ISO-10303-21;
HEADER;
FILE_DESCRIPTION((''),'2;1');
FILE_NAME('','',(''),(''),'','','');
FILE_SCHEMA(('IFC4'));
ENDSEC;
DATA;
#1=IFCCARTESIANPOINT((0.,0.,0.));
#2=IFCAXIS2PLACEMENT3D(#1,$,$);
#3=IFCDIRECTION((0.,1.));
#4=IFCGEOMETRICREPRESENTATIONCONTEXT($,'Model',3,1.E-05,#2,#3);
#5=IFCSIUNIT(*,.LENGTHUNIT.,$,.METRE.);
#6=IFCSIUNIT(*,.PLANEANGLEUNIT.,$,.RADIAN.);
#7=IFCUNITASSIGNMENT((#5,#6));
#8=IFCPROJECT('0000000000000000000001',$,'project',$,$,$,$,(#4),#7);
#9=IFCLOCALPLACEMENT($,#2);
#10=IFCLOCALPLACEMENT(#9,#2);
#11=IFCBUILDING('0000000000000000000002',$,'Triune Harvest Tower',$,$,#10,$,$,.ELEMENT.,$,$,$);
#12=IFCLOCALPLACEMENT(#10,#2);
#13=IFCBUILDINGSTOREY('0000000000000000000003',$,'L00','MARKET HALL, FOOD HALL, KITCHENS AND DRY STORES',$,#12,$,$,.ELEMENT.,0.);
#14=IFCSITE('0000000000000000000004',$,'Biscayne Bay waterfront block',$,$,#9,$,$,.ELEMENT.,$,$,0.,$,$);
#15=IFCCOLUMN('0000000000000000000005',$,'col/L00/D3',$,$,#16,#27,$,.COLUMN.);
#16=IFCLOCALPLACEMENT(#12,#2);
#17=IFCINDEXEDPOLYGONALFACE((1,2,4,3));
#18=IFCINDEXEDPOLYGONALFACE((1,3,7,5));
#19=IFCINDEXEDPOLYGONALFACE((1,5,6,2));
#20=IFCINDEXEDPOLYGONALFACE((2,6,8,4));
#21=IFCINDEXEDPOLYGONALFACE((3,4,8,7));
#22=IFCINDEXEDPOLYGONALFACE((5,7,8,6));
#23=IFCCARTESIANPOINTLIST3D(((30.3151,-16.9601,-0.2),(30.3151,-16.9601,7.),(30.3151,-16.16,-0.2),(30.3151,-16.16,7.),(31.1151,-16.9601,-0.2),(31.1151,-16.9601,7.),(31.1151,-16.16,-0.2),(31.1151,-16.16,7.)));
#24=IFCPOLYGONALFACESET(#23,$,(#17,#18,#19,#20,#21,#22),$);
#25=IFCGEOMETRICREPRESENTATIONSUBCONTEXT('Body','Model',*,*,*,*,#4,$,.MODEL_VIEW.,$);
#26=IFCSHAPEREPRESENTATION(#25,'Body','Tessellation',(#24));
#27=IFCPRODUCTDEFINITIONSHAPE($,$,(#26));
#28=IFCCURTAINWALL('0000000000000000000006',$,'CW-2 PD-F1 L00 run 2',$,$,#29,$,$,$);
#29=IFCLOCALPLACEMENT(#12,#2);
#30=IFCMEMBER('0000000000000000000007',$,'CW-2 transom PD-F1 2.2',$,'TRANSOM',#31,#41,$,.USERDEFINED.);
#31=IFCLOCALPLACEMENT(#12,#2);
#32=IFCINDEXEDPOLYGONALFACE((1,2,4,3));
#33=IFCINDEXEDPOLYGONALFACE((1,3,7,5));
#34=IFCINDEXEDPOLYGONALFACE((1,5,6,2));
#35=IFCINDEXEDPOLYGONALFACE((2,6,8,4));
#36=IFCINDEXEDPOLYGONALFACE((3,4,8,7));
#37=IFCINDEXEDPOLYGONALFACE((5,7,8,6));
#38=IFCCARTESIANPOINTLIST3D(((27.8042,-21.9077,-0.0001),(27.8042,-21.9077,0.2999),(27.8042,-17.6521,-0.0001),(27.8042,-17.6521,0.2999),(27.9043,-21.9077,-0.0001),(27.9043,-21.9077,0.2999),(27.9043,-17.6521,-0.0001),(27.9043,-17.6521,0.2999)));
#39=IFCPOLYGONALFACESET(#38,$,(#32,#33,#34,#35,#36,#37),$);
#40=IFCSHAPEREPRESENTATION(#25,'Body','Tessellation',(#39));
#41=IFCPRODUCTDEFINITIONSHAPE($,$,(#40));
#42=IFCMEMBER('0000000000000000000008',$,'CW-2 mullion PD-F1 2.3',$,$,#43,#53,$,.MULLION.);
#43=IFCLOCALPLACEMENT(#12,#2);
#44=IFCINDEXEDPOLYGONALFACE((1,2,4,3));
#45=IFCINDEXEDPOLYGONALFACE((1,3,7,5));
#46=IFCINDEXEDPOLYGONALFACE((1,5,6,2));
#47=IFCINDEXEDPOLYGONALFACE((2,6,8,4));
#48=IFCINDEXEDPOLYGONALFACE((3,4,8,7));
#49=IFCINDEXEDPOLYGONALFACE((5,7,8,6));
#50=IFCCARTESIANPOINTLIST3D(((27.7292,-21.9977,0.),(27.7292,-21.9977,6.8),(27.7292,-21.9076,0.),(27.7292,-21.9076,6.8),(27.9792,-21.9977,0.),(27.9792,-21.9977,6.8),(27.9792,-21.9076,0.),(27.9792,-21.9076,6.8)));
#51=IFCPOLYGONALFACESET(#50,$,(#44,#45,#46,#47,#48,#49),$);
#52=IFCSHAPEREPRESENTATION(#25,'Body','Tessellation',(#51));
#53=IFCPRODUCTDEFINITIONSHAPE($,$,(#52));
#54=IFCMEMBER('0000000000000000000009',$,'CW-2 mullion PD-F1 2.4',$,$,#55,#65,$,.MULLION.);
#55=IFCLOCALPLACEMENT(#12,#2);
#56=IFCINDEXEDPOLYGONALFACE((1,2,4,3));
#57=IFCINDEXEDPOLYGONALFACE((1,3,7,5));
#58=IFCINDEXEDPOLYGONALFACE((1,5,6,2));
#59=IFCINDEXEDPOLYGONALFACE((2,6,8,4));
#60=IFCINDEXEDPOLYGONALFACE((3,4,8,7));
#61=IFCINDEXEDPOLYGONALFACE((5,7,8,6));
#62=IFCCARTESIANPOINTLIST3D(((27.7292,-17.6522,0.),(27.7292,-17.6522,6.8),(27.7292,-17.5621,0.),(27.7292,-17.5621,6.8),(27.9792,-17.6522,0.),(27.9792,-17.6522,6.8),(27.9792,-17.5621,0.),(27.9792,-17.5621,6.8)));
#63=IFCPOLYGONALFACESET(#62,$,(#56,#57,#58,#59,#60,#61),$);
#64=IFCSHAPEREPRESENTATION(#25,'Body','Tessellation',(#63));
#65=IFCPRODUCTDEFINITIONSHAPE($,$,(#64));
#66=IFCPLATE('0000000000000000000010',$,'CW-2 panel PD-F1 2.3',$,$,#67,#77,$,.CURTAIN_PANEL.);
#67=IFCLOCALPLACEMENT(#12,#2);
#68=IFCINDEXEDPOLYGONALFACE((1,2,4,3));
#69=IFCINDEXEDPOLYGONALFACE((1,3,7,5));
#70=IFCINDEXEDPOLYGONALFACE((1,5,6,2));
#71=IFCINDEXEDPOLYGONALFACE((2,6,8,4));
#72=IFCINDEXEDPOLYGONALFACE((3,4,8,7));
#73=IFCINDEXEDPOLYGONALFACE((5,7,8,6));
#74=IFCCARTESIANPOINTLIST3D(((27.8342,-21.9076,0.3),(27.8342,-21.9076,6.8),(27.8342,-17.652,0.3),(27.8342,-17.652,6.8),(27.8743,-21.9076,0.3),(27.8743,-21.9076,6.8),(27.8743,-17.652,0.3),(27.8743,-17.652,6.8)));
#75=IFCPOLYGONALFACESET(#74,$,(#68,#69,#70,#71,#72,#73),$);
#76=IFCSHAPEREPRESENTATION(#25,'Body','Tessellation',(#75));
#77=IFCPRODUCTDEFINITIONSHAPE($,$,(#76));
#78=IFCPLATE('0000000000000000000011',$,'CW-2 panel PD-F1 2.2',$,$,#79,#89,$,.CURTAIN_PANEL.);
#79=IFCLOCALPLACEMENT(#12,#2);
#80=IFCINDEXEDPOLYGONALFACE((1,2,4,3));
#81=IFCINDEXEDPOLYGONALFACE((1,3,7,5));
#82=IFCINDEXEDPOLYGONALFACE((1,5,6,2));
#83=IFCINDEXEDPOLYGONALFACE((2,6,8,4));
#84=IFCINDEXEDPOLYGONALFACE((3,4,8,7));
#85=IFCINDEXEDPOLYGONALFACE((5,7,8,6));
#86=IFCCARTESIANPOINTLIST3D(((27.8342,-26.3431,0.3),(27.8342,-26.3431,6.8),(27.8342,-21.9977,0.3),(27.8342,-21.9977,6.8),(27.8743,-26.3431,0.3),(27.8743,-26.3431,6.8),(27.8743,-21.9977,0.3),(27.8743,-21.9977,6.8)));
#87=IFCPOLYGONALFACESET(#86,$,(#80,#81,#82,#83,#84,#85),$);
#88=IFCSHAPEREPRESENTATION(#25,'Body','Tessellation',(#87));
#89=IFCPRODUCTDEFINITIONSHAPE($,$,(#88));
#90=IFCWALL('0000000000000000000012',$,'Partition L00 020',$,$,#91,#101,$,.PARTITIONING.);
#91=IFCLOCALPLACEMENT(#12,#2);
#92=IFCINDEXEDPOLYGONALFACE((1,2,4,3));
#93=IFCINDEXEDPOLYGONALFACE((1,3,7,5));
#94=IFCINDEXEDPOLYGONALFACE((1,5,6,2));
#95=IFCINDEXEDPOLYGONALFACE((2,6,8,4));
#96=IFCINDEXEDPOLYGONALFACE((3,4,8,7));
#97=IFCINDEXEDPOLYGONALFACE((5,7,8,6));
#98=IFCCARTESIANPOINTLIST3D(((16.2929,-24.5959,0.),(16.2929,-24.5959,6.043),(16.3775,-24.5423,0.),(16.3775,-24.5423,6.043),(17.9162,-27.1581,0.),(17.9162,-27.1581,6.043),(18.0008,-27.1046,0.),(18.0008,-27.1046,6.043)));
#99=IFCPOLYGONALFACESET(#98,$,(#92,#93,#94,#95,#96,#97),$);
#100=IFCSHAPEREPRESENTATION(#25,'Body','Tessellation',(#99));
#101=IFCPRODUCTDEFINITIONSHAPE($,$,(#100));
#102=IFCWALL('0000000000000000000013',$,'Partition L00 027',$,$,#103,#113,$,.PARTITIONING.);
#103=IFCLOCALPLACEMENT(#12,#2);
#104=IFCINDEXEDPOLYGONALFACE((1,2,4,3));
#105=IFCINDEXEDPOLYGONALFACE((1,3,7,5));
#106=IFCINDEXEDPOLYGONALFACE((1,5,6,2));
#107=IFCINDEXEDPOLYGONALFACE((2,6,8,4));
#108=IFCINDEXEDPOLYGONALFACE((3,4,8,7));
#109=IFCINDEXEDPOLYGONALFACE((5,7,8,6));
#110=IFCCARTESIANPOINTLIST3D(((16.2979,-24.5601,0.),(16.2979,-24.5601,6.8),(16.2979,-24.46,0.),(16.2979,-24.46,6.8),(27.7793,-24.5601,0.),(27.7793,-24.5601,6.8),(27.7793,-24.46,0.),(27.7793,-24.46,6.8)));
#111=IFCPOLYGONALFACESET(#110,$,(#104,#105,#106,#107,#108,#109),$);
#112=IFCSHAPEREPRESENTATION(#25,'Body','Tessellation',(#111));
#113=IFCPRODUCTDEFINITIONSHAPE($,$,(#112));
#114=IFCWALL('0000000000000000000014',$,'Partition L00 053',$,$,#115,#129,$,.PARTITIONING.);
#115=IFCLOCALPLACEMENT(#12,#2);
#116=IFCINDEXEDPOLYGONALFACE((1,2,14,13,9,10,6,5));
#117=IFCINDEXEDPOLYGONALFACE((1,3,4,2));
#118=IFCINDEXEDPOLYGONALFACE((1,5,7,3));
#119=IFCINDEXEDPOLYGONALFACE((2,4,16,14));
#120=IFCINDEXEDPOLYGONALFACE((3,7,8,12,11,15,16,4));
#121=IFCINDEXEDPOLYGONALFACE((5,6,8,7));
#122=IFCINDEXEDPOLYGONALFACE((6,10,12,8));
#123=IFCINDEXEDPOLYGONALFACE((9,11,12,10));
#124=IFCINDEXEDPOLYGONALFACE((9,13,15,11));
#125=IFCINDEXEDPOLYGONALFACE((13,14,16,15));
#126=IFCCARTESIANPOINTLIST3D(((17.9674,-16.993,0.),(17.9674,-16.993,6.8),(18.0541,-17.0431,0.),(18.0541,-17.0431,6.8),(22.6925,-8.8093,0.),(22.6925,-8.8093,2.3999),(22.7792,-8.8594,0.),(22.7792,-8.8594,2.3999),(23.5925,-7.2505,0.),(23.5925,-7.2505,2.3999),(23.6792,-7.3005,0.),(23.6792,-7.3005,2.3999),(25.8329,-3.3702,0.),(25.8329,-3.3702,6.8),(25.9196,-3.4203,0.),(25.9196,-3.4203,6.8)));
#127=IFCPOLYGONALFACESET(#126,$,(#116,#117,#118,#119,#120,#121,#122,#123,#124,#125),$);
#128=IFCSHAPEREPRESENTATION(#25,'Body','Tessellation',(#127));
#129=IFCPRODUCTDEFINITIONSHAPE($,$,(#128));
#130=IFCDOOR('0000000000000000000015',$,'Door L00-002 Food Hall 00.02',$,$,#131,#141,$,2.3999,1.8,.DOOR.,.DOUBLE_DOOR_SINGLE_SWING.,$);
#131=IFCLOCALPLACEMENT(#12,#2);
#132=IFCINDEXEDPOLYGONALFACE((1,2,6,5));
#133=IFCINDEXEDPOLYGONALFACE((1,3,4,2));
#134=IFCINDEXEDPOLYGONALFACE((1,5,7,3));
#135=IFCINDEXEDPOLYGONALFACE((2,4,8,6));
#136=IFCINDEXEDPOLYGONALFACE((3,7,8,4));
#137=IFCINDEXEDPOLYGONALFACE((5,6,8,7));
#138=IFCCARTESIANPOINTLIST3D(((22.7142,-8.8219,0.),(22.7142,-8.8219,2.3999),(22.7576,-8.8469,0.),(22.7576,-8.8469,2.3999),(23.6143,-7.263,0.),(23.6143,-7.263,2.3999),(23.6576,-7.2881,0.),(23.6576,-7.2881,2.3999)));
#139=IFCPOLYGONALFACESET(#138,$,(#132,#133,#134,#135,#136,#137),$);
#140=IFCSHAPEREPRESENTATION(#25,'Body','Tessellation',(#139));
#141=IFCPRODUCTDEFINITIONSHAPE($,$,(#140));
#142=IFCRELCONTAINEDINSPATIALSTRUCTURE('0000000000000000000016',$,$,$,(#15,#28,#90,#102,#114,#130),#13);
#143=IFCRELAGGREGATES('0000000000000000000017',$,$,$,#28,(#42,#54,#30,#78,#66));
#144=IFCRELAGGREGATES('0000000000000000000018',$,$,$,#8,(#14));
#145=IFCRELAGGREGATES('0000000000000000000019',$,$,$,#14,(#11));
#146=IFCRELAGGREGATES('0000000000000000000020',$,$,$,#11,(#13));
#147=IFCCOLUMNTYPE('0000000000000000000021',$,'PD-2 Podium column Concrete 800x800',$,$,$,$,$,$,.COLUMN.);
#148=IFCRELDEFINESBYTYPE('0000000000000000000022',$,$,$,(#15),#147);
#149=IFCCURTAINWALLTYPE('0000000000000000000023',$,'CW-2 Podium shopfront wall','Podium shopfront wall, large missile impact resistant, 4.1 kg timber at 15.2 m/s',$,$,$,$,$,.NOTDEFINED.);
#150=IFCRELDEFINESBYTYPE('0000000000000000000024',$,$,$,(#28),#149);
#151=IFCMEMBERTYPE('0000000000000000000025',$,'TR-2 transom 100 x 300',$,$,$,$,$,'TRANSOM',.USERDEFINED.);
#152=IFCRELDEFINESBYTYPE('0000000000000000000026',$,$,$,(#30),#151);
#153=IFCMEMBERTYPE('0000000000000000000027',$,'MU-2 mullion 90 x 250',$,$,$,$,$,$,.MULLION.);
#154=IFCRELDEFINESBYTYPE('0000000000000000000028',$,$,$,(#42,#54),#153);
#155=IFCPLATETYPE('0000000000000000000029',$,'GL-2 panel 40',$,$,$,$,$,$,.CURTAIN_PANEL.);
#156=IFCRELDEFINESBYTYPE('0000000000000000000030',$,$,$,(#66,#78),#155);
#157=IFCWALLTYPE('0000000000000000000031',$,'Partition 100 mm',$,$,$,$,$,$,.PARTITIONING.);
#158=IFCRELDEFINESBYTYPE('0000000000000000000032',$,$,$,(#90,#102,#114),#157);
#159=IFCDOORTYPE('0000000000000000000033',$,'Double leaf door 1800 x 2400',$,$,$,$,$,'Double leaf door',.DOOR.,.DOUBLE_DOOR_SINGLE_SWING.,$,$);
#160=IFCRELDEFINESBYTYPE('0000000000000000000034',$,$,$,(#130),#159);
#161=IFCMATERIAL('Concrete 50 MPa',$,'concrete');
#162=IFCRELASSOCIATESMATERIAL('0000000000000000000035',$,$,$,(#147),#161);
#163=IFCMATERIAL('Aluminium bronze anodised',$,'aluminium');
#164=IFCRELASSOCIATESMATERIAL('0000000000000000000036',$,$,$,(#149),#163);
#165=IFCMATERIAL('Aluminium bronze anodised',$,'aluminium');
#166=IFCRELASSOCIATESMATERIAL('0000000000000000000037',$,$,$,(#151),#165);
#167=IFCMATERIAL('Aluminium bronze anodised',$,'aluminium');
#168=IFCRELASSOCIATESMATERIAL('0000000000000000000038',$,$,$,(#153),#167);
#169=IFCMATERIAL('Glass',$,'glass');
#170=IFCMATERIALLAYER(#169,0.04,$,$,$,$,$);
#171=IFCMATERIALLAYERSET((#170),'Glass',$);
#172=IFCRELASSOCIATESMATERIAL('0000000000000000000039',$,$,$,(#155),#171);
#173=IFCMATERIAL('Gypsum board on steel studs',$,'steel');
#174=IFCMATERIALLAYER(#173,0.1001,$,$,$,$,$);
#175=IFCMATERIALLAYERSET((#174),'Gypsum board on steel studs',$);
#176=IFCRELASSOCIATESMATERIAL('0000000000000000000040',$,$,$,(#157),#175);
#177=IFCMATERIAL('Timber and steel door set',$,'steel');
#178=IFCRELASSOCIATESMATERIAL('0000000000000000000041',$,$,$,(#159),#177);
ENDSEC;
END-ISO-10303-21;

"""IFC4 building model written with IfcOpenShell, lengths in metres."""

from ifc_helpers import new_model, si_unit, direction, frame, frame_2d, origin, origin_2d, place, context, subcontext, project, spatial, rectangle, extrude, source, transform, mapped, material, layer, layer_set, material_profile, profile_set, type_object, element, fill, aggregate, save


model = new_model("IFC4")

# Units and contexts
model_context = context("Model", 3, precision=1e-05, world=origin(), true_north=direction((0.0, 1.0)))
body_context = subcontext(model_context, "Body", "Model", "MODEL_VIEW")
ifc_project = project(units=[si_unit("LENGTHUNIT", "METRE"), si_unit("PLANEANGLEUNIT", "RADIAN")], contexts=[model_context])

# Site, building, storey
site_placement = place(None, origin())
site = spatial("IfcSite", under=ifc_project, at=site_placement, Name="Biscayne Bay waterfront block", CompositionType="ELEMENT", RefElevation=0.0)
building_placement = place(site_placement, origin())
building = spatial("IfcBuilding", under=site, at=building_placement, Name="Triune Harvest Tower", CompositionType="ELEMENT")
storey_placement = place(building_placement, origin())
storey = spatial("IfcBuildingStorey", under=building, at=storey_placement, Name="L00", Description="MARKET HALL, FOOD HALL, KITCHENS AND DRY STORES", CompositionType="ELEMENT", Elevation=0.0)

# Column
ifc_material_1 = material(Name="Concrete 50 MPa", Category="concrete")
ifc_material_profile_1 = material_profile(ifc_material_1, rectangle(XDim=0.8, YDim=0.8, at=origin_2d()), Name="Concrete 800x800")
ifc_profile_set_1 = profile_set([ifc_material_profile_1], Name="Concrete 50 MPa")
column_type_1 = type_object("IfcColumnType", Name="PD-2 Podium column Concrete 800x800", PredefinedType="COLUMN", material=ifc_profile_set_1)
shared_shape_1 = source(origin(), body_context, "Body", "SweptSolid", [
    extrude(rectangle(XDim=0.8, YDim=0.8, at=origin_2d()), origin(), (0.0, 0.0, 1.0), 7.2),
])
column_1_placement = place(storey_placement, frame((30.7151, -16.5601, -0.2), z_axis=(0.0, 0.0, 1.0), x_axis=(0.0, 1.0, 0.0)))
element("IfcColumn", 1, at=column_1_placement, inside=storey, type_object=column_type_1, Name="col/L00/D3", PredefinedType="COLUMN", context=body_context, shape_type="MappedRepresentation", body=[
    mapped(shared_shape_1, transform((0.0, 0.0, 0.0), scale=1.0)),
])

# Curtain wall, members, plates
ifc_material_2 = material(Name="Aluminium bronze anodised", Category="aluminium")
curtain_wall_type = type_object("IfcCurtainWallType", Name="CW-2 Podium shopfront wall", Description="Podium shopfront wall, large missile impact resistant, 4.1 kg timber at 15.2 m/s", PredefinedType="NOTDEFINED", material=ifc_material_2)
curtain_wall_placement = place(storey_placement, origin())
curtain_wall = element("IfcCurtainWall", 2, at=curtain_wall_placement, inside=storey, type_object=curtain_wall_type, Name="CW-2 PD-F1 L00 run 2")
ifc_material_3 = material(Name="Aluminium bronze anodised", Category="aluminium")
ifc_material_profile_2 = material_profile(ifc_material_3, rectangle(XDim=0.1001, YDim=0.3, at=origin_2d()), Name="TR-2 transom 100 x 300")
ifc_profile_set_2 = profile_set([ifc_material_profile_2], Name="Aluminium bronze anodised")
member_type_1 = type_object("IfcMemberType", Name="TR-2 transom 100 x 300", ElementType="TRANSOM", PredefinedType="USERDEFINED", material=ifc_profile_set_2)
member_1_placement = place(storey_placement, frame((27.8542, -21.9077, 0.1499), z_axis=(0.0, 1.0, 0.0), x_axis=(-1.0, 0.0, 0.0)))
member_1 = element("IfcMember", 3, at=member_1_placement, type_object=member_type_1, Name="CW-2 transom PD-F1 2.2", ObjectType="TRANSOM", PredefinedType="USERDEFINED", context=body_context, shape_type="SweptSolid", body=[
    extrude(rectangle(XDim=0.1001, YDim=0.3, at=origin_2d()), origin(), (0.0, 0.0, 1.0), 4.2556),
])
ifc_material_4 = material(Name="Aluminium bronze anodised", Category="aluminium")
ifc_material_profile_3 = material_profile(ifc_material_4, rectangle(XDim=0.25, YDim=0.0901, at=origin_2d()), Name="MU-2 mullion 90 x 250")
ifc_profile_set_3 = profile_set([ifc_material_profile_3], Name="Aluminium bronze anodised")
member_type_2 = type_object("IfcMemberType", Name="MU-2 mullion 90 x 250", PredefinedType="MULLION", material=ifc_profile_set_3)
shared_shape_2 = source(origin(), body_context, "Body", "SweptSolid", [
    extrude(rectangle(XDim=0.25, YDim=0.0901, at=origin_2d()), origin(), (0.0, 0.0, 1.0), 6.8),
])
member_2_placement = place(storey_placement, frame((27.8542, -21.9526, 0.0), z_axis=(0.0, 0.0, 1.0), x_axis=(-1.0, 0.0, 0.0)))
member_2 = element("IfcMember", 4, at=member_2_placement, type_object=member_type_2, Name="CW-2 mullion PD-F1 2.3", PredefinedType="MULLION", context=body_context, shape_type="MappedRepresentation", body=[
    mapped(shared_shape_2, transform((0.0, 0.0, 0.0), scale=1.0)),
])
member_3_placement = place(storey_placement, frame((27.8542, -17.6072, 0.0), z_axis=(0.0, 0.0, 1.0), x_axis=(-1.0, 0.0, 0.0)))
member_3 = element("IfcMember", 5, at=member_3_placement, type_object=member_type_2, Name="CW-2 mullion PD-F1 2.4", PredefinedType="MULLION", context=body_context, shape_type="MappedRepresentation", body=[
    mapped(shared_shape_2, transform((0.0, 0.0, 0.0), scale=1.0)),
])
ifc_material_5 = material(Name="Glass", Category="glass")
ifc_layer_1 = layer(ifc_material_5, 0.04)
ifc_layer_set_1 = layer_set([ifc_layer_1], Name="Glass")
plate_type = type_object("IfcPlateType", Name="GL-2 panel 40", PredefinedType="CURTAIN_PANEL", material=ifc_layer_set_1)
shared_shape_3 = source(origin(), body_context, "Body", "SweptSolid", [
    extrude(rectangle(XDim=4.2556, YDim=0.04, at=origin_2d()), origin(), (0.0, 0.0, 1.0), 6.5),
])
plate_1_placement = place(storey_placement, frame((27.8542, -19.7798, 0.3), z_axis=(0.0, 0.0, 1.0), x_axis=(0.0, 1.0, 0.0)))
plate_1 = element("IfcPlate", 6, at=plate_1_placement, type_object=plate_type, Name="CW-2 panel PD-F1 2.3", PredefinedType="CURTAIN_PANEL", context=body_context, shape_type="MappedRepresentation", body=[
    mapped(shared_shape_3, transform((0.0, 0.0, 0.0), scale=1.0)),
])
shared_shape_4 = source(origin(), body_context, "Body", "SweptSolid", [
    extrude(rectangle(XDim=4.3455, YDim=0.04, at=origin_2d()), origin(), (0.0, 0.0, 1.0), 6.5),
])
plate_2_placement = place(storey_placement, frame((27.8542, -24.1704, 0.3), z_axis=(0.0, 0.0, 1.0), x_axis=(0.0, 1.0, 0.0)))
plate_2 = element("IfcPlate", 7, at=plate_2_placement, type_object=plate_type, Name="CW-2 panel PD-F1 2.2", PredefinedType="CURTAIN_PANEL", context=body_context, shape_type="MappedRepresentation", body=[
    mapped(shared_shape_4, transform((0.0, 0.0, 0.0), scale=1.0)),
])
aggregate(curtain_wall, [member_2, member_3, member_1, plate_2, plate_1])

# Walls
ifc_material_6 = material(Name="Gypsum board on steel studs", Category="steel")
ifc_layer_2 = layer(ifc_material_6, 0.1001)
ifc_layer_set_2 = layer_set([ifc_layer_2], Name="Gypsum board on steel studs")
wall_type_1 = type_object("IfcWallType", Name="Partition 100 mm", PredefinedType="PARTITIONING", material=ifc_layer_set_2)
wall_1_placement = place(storey_placement, frame((16.3352, -24.5691, 0.0), z_axis=(0.0, 0.0, 1.0), x_axis=(0.535177, -0.84474, 0.0)))
element("IfcWall", 8, at=wall_1_placement, inside=storey, type_object=wall_type_1, Name="Partition L00 020", PredefinedType="PARTITIONING", context=body_context, shape_type="SweptSolid", body=[
    extrude(rectangle(XDim=3.0332, YDim=0.1001, at=frame_2d((1.5166, 0.0))), origin(), (0.0, 0.0, 1.0), 6.043),
])
wall_2_placement = place(storey_placement, frame((16.2979, -24.51, 0.0), z_axis=(0.0, 0.0, 1.0), x_axis=(1.0, 0.0, 0.0)))
element("IfcWall", 9, at=wall_2_placement, inside=storey, type_object=wall_type_1, Name="Partition L00 027", PredefinedType="PARTITIONING", context=body_context, shape_type="SweptSolid", body=[
    extrude(rectangle(XDim=11.4814, YDim=0.1001, at=frame_2d((5.7407, 0.0))), origin(), (0.0, 0.0, 1.0), 6.8),
])

# Wall, opening, door
wall_3_placement = place(storey_placement, frame((18.0107, -17.0181, 0.0), z_axis=(0.0, 0.0, 1.0), x_axis=(0.500017, 0.866016, 0.0)))
wall_3 = element("IfcWall", 10, at=wall_3_placement, inside=storey, type_object=wall_type_1, Name="Partition L00 053", PredefinedType="PARTITIONING", context=body_context, shape_type="SweptSolid", body=[
    extrude(rectangle(XDim=15.7305, YDim=0.1001, at=frame_2d((7.8652, 0.0))), origin(), (0.0, 0.0, 1.0), 6.8),
])
opening_1_placement = place(wall_3_placement, frame((9.45, 0.0, 0.0)))
opening_1 = element("IfcOpeningElement", 11, at=opening_1_placement, cuts=wall_3, PredefinedType="OPENING", context=body_context, shape_type="SweptSolid", body=[
    extrude(rectangle(XDim=1.8, YDim=2.3999, at=frame_2d((0.8999, 1.2))), frame((0.0, 0.0601, 0.0), z_axis=(0.0, -1.0, 0.0), x_axis=(1.0, 0.0, 0.0)), (0.0, 0.0, 1.0), 0.1201),
])
ifc_material_7 = material(Name="Timber and steel door set", Category="steel")
door_type_1 = type_object("IfcDoorType", Name="Double leaf door 1800 x 2400", ElementType="Double leaf door", OperationType="DOUBLE_DOOR_SINGLE_SWING", PredefinedType="DOOR", material=ifc_material_7)
door_1_placement = place(opening_1_placement, origin())
door_1 = element("IfcDoor", 12, at=door_1_placement, inside=storey, type_object=door_type_1, Name="Door L00-002 Food Hall 00.02", OperationType="DOUBLE_DOOR_SINGLE_SWING", OverallHeight=2.3999, OverallWidth=1.8, PredefinedType="DOOR", context=body_context, shape_type="SweptSolid", body=[
    extrude(rectangle(XDim=1.8, YDim=2.3999, at=frame_2d((0.8999, 1.2))), frame((0.0, 0.0249, 0.0), z_axis=(0.0, -1.0, 0.0), x_axis=(1.0, 0.0, 0.0)), (0.0, 0.0, 1.0), 0.05),
])
fill(opening_1, door_1)

save(model, "model.ifc")
